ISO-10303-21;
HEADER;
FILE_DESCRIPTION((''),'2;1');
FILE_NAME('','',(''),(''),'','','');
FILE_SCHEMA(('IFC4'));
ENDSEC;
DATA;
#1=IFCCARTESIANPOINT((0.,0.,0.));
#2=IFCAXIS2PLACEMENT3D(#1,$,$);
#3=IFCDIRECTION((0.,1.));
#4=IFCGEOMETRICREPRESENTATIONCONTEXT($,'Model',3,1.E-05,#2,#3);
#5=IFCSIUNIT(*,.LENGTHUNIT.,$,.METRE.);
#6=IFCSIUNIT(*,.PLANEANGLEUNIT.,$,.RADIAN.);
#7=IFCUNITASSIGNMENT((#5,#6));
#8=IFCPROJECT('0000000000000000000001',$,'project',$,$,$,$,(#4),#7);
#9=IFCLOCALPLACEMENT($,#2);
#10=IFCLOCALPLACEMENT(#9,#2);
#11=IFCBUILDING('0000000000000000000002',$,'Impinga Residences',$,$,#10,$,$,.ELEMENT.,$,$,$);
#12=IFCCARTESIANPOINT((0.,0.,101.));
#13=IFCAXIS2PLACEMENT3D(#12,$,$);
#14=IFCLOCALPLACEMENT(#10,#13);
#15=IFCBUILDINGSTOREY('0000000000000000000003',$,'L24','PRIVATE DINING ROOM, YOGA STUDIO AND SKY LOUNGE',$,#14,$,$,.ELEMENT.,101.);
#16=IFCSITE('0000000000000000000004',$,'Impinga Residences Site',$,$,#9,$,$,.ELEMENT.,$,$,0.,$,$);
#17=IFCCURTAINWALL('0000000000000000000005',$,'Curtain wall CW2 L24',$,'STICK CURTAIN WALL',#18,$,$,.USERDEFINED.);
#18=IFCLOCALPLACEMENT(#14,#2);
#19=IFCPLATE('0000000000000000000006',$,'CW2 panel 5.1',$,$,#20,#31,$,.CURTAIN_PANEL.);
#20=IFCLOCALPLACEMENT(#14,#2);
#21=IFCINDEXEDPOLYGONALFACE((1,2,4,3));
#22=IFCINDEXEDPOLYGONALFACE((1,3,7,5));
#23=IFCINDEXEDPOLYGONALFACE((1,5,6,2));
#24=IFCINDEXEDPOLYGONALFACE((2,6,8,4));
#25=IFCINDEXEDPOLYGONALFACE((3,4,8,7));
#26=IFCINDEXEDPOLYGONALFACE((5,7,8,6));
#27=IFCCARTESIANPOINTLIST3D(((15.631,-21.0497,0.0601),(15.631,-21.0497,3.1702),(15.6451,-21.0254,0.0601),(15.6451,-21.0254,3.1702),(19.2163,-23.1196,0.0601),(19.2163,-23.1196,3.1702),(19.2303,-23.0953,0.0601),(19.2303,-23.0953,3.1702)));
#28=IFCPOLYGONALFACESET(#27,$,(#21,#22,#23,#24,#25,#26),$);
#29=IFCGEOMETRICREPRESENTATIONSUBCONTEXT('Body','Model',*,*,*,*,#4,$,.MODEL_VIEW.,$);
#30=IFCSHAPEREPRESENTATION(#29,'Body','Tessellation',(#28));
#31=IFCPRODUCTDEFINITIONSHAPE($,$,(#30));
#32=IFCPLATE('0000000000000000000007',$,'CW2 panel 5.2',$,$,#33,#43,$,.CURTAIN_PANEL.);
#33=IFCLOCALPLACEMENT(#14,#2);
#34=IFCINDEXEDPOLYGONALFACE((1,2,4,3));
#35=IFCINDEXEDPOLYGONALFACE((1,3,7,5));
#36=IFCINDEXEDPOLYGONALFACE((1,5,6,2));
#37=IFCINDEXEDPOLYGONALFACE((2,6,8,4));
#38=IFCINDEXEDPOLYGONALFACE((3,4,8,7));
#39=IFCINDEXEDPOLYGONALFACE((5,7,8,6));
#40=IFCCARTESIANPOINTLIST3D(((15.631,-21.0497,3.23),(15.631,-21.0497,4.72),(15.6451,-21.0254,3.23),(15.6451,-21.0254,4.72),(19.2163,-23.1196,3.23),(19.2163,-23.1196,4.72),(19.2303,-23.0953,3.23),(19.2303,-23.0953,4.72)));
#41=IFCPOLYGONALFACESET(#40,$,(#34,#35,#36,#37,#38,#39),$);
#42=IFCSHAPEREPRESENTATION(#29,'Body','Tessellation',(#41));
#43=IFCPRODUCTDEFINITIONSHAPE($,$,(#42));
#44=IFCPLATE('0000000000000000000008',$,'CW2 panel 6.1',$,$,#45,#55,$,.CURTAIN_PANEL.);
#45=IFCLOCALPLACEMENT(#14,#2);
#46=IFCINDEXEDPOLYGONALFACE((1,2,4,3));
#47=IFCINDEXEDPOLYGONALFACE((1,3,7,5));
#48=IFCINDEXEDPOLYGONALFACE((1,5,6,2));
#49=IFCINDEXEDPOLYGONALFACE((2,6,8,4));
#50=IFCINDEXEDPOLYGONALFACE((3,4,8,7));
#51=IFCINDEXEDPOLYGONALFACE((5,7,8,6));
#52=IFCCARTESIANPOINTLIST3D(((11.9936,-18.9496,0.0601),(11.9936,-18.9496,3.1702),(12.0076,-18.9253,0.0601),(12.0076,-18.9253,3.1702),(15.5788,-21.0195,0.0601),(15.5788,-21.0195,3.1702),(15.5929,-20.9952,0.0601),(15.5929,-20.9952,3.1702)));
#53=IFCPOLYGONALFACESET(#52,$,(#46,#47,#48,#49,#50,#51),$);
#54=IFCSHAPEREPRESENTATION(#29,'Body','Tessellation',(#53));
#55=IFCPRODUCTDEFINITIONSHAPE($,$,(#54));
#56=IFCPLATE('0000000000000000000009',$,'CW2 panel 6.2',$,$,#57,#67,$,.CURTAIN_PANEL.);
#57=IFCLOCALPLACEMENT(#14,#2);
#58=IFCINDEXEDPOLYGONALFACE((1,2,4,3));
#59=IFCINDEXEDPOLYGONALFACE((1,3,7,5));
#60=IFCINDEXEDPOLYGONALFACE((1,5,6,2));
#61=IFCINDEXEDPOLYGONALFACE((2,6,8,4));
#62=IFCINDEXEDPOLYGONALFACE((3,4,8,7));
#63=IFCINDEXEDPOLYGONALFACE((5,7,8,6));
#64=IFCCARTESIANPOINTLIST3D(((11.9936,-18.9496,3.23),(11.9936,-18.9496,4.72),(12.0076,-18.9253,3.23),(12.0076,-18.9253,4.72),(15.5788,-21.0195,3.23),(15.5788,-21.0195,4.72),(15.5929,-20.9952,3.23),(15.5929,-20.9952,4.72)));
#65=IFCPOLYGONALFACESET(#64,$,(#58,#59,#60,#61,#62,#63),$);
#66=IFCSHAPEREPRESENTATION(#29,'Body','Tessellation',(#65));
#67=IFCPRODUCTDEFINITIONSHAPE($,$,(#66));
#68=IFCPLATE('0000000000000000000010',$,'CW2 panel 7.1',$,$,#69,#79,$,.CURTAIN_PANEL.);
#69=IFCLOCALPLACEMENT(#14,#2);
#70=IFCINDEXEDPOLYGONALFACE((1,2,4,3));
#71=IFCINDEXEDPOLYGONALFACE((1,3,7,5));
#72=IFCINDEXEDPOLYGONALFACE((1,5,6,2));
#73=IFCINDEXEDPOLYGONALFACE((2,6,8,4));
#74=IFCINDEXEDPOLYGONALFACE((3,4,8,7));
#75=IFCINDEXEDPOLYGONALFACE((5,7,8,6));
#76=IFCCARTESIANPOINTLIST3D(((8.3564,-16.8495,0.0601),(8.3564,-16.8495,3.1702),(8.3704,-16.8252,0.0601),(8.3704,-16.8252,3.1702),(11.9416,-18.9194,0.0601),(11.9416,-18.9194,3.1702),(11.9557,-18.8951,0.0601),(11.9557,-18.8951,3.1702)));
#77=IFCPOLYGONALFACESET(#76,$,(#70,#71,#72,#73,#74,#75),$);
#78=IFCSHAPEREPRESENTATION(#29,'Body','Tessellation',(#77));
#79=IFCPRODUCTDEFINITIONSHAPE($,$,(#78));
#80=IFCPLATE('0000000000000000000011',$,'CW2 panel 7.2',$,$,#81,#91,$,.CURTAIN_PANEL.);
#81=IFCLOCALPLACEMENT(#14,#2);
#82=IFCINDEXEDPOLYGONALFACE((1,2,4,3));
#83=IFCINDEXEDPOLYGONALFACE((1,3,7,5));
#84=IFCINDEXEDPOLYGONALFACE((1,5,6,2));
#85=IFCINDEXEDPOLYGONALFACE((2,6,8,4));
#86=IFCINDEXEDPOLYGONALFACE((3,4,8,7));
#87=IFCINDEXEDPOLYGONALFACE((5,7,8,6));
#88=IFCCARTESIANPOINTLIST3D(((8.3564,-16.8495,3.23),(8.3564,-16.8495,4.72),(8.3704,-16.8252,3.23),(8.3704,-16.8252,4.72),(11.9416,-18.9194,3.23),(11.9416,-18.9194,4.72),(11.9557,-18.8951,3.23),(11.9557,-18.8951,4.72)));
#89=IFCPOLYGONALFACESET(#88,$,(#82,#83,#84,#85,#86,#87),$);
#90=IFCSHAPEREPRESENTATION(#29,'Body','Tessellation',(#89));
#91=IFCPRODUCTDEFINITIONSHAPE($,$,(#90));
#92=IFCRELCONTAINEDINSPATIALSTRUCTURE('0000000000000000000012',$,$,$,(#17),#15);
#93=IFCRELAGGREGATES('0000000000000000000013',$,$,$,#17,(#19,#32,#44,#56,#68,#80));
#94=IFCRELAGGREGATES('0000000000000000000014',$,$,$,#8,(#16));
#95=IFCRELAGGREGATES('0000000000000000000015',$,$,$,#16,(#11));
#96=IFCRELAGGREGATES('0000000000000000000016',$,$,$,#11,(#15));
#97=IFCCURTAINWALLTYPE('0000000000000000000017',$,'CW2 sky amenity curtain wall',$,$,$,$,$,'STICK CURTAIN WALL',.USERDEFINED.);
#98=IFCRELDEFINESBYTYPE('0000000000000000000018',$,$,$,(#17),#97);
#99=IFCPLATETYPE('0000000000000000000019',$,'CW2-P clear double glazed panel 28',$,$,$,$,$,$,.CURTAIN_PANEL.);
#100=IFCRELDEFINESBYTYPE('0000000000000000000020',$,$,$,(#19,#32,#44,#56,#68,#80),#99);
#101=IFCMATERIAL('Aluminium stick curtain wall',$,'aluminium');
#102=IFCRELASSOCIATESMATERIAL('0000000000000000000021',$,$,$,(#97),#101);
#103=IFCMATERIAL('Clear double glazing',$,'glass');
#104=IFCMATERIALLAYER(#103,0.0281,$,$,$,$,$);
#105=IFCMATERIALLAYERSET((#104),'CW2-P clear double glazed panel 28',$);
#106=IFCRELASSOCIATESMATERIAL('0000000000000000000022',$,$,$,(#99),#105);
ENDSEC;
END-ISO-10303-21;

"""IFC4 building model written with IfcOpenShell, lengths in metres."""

from ifc_helpers import new_model, si_unit, direction, frame, origin, origin_2d, place, context, subcontext, project, spatial, rectangle, extrude, material, layer, layer_set, type_object, element, aggregate, save


model = new_model("IFC4")

# Units and contexts
model_context = context("Model", 3, precision=1e-05, world=origin(), true_north=direction((0.0, 1.0)))
body_context = subcontext(model_context, "Body", "Model", "MODEL_VIEW")
ifc_project = project(units=[si_unit("LENGTHUNIT", "METRE"), si_unit("PLANEANGLEUNIT", "RADIAN")], contexts=[model_context])

# Site, building, storey
site_placement = place(None, origin())
site = spatial("IfcSite", under=ifc_project, at=site_placement, Name="Impinga Residences Site", CompositionType="ELEMENT", RefElevation=0.0)
building_placement = place(site_placement, origin())
building = spatial("IfcBuilding", under=site, at=building_placement, Name="Impinga Residences", CompositionType="ELEMENT")
storey_placement = place(building_placement, frame((0.0, 0.0, 101.0)))
storey = spatial("IfcBuildingStorey", under=building, at=storey_placement, Name="L24", Description="PRIVATE DINING ROOM, YOGA STUDIO AND SKY LOUNGE", CompositionType="ELEMENT", Elevation=101.0)

# Curtain wall
ifc_material_1 = material(Name="Aluminium stick curtain wall", Category="aluminium")
curtain_wall_type = type_object("IfcCurtainWallType", Name="CW2 sky amenity curtain wall", ElementType="STICK CURTAIN WALL", PredefinedType="USERDEFINED", material=ifc_material_1)
curtain_wall_placement = place(storey_placement, origin())
curtain_wall = element("IfcCurtainWall", 1, at=curtain_wall_placement, inside=storey, type_object=curtain_wall_type, Name="Curtain wall CW2 L24", ObjectType="STICK CURTAIN WALL", PredefinedType="USERDEFINED")

# Plates
ifc_material_2 = material(Name="Clear double glazing", Category="glass")
ifc_layer = layer(ifc_material_2, 0.0281)
ifc_layer_set = layer_set([ifc_layer], Name="CW2-P clear double glazed panel 28")
plate_type = type_object("IfcPlateType", Name="CW2-P clear double glazed panel 28", PredefinedType="CURTAIN_PANEL", material=ifc_layer_set)
plate_1_placement = place(storey_placement, frame((17.4307, -22.0725, 0.0601), z_axis=(0.0, 0.0, 1.0), x_axis=(-0.866025, 0.5, 0.0)))
plate_1 = element("IfcPlate", 2, at=plate_1_placement, type_object=plate_type, Name="CW2 panel 5.1", PredefinedType="CURTAIN_PANEL", context=body_context, shape_type="SweptSolid", body=[
    extrude(rectangle(XDim=4.1399, YDim=0.0281, at=origin_2d()), origin(), (0.0, 0.0, 1.0), 3.1101),
])
plate_2_placement = place(storey_placement, frame((17.4307, -22.0725, 3.23), z_axis=(0.0, 0.0, 1.0), x_axis=(-0.866025, 0.5, 0.0)))
plate_2 = element("IfcPlate", 3, at=plate_2_placement, type_object=plate_type, Name="CW2 panel 5.2", PredefinedType="CURTAIN_PANEL", context=body_context, shape_type="SweptSolid", body=[
    extrude(rectangle(XDim=4.1399, YDim=0.0281, at=origin_2d()), origin(), (0.0, 0.0, 1.0), 1.49),
])
plate_3_placement = place(storey_placement, frame((13.7932, -19.9724, 0.0601), z_axis=(0.0, 0.0, 1.0), x_axis=(-0.866025, 0.5, 0.0)))
plate_3 = element("IfcPlate", 4, at=plate_3_placement, type_object=plate_type, Name="CW2 panel 6.1", PredefinedType="CURTAIN_PANEL", context=body_context, shape_type="SweptSolid", body=[
    extrude(rectangle(XDim=4.1399, YDim=0.0281, at=origin_2d()), origin(), (0.0, 0.0, 1.0), 3.1101),
])
plate_4_placement = place(storey_placement, frame((13.7932, -19.9724, 3.23), z_axis=(0.0, 0.0, 1.0), x_axis=(-0.866025, 0.5, 0.0)))
plate_4 = element("IfcPlate", 5, at=plate_4_placement, type_object=plate_type, Name="CW2 panel 6.2", PredefinedType="CURTAIN_PANEL", context=body_context, shape_type="SweptSolid", body=[
    extrude(rectangle(XDim=4.1399, YDim=0.0281, at=origin_2d()), origin(), (0.0, 0.0, 1.0), 1.49),
])
plate_5_placement = place(storey_placement, frame((10.156, -17.8723, 0.0601), z_axis=(0.0, 0.0, 1.0), x_axis=(-0.866025, 0.5, 0.0)))
plate_5 = element("IfcPlate", 6, at=plate_5_placement, type_object=plate_type, Name="CW2 panel 7.1", PredefinedType="CURTAIN_PANEL", context=body_context, shape_type="SweptSolid", body=[
    extrude(rectangle(XDim=4.1399, YDim=0.0281, at=origin_2d()), origin(), (0.0, 0.0, 1.0), 3.1101),
])
plate_6_placement = place(storey_placement, frame((10.156, -17.8723, 3.23), z_axis=(0.0, 0.0, 1.0), x_axis=(-0.866025, 0.5, 0.0)))
plate_6 = element("IfcPlate", 7, at=plate_6_placement, type_object=plate_type, Name="CW2 panel 7.2", PredefinedType="CURTAIN_PANEL", context=body_context, shape_type="SweptSolid", body=[
    extrude(rectangle(XDim=4.1399, YDim=0.0281, at=origin_2d()), origin(), (0.0, 0.0, 1.0), 1.49),
])
aggregate(curtain_wall, [plate_1, plate_2, plate_3, plate_4, plate_5, plate_6])

save(model, "model.ifc")
